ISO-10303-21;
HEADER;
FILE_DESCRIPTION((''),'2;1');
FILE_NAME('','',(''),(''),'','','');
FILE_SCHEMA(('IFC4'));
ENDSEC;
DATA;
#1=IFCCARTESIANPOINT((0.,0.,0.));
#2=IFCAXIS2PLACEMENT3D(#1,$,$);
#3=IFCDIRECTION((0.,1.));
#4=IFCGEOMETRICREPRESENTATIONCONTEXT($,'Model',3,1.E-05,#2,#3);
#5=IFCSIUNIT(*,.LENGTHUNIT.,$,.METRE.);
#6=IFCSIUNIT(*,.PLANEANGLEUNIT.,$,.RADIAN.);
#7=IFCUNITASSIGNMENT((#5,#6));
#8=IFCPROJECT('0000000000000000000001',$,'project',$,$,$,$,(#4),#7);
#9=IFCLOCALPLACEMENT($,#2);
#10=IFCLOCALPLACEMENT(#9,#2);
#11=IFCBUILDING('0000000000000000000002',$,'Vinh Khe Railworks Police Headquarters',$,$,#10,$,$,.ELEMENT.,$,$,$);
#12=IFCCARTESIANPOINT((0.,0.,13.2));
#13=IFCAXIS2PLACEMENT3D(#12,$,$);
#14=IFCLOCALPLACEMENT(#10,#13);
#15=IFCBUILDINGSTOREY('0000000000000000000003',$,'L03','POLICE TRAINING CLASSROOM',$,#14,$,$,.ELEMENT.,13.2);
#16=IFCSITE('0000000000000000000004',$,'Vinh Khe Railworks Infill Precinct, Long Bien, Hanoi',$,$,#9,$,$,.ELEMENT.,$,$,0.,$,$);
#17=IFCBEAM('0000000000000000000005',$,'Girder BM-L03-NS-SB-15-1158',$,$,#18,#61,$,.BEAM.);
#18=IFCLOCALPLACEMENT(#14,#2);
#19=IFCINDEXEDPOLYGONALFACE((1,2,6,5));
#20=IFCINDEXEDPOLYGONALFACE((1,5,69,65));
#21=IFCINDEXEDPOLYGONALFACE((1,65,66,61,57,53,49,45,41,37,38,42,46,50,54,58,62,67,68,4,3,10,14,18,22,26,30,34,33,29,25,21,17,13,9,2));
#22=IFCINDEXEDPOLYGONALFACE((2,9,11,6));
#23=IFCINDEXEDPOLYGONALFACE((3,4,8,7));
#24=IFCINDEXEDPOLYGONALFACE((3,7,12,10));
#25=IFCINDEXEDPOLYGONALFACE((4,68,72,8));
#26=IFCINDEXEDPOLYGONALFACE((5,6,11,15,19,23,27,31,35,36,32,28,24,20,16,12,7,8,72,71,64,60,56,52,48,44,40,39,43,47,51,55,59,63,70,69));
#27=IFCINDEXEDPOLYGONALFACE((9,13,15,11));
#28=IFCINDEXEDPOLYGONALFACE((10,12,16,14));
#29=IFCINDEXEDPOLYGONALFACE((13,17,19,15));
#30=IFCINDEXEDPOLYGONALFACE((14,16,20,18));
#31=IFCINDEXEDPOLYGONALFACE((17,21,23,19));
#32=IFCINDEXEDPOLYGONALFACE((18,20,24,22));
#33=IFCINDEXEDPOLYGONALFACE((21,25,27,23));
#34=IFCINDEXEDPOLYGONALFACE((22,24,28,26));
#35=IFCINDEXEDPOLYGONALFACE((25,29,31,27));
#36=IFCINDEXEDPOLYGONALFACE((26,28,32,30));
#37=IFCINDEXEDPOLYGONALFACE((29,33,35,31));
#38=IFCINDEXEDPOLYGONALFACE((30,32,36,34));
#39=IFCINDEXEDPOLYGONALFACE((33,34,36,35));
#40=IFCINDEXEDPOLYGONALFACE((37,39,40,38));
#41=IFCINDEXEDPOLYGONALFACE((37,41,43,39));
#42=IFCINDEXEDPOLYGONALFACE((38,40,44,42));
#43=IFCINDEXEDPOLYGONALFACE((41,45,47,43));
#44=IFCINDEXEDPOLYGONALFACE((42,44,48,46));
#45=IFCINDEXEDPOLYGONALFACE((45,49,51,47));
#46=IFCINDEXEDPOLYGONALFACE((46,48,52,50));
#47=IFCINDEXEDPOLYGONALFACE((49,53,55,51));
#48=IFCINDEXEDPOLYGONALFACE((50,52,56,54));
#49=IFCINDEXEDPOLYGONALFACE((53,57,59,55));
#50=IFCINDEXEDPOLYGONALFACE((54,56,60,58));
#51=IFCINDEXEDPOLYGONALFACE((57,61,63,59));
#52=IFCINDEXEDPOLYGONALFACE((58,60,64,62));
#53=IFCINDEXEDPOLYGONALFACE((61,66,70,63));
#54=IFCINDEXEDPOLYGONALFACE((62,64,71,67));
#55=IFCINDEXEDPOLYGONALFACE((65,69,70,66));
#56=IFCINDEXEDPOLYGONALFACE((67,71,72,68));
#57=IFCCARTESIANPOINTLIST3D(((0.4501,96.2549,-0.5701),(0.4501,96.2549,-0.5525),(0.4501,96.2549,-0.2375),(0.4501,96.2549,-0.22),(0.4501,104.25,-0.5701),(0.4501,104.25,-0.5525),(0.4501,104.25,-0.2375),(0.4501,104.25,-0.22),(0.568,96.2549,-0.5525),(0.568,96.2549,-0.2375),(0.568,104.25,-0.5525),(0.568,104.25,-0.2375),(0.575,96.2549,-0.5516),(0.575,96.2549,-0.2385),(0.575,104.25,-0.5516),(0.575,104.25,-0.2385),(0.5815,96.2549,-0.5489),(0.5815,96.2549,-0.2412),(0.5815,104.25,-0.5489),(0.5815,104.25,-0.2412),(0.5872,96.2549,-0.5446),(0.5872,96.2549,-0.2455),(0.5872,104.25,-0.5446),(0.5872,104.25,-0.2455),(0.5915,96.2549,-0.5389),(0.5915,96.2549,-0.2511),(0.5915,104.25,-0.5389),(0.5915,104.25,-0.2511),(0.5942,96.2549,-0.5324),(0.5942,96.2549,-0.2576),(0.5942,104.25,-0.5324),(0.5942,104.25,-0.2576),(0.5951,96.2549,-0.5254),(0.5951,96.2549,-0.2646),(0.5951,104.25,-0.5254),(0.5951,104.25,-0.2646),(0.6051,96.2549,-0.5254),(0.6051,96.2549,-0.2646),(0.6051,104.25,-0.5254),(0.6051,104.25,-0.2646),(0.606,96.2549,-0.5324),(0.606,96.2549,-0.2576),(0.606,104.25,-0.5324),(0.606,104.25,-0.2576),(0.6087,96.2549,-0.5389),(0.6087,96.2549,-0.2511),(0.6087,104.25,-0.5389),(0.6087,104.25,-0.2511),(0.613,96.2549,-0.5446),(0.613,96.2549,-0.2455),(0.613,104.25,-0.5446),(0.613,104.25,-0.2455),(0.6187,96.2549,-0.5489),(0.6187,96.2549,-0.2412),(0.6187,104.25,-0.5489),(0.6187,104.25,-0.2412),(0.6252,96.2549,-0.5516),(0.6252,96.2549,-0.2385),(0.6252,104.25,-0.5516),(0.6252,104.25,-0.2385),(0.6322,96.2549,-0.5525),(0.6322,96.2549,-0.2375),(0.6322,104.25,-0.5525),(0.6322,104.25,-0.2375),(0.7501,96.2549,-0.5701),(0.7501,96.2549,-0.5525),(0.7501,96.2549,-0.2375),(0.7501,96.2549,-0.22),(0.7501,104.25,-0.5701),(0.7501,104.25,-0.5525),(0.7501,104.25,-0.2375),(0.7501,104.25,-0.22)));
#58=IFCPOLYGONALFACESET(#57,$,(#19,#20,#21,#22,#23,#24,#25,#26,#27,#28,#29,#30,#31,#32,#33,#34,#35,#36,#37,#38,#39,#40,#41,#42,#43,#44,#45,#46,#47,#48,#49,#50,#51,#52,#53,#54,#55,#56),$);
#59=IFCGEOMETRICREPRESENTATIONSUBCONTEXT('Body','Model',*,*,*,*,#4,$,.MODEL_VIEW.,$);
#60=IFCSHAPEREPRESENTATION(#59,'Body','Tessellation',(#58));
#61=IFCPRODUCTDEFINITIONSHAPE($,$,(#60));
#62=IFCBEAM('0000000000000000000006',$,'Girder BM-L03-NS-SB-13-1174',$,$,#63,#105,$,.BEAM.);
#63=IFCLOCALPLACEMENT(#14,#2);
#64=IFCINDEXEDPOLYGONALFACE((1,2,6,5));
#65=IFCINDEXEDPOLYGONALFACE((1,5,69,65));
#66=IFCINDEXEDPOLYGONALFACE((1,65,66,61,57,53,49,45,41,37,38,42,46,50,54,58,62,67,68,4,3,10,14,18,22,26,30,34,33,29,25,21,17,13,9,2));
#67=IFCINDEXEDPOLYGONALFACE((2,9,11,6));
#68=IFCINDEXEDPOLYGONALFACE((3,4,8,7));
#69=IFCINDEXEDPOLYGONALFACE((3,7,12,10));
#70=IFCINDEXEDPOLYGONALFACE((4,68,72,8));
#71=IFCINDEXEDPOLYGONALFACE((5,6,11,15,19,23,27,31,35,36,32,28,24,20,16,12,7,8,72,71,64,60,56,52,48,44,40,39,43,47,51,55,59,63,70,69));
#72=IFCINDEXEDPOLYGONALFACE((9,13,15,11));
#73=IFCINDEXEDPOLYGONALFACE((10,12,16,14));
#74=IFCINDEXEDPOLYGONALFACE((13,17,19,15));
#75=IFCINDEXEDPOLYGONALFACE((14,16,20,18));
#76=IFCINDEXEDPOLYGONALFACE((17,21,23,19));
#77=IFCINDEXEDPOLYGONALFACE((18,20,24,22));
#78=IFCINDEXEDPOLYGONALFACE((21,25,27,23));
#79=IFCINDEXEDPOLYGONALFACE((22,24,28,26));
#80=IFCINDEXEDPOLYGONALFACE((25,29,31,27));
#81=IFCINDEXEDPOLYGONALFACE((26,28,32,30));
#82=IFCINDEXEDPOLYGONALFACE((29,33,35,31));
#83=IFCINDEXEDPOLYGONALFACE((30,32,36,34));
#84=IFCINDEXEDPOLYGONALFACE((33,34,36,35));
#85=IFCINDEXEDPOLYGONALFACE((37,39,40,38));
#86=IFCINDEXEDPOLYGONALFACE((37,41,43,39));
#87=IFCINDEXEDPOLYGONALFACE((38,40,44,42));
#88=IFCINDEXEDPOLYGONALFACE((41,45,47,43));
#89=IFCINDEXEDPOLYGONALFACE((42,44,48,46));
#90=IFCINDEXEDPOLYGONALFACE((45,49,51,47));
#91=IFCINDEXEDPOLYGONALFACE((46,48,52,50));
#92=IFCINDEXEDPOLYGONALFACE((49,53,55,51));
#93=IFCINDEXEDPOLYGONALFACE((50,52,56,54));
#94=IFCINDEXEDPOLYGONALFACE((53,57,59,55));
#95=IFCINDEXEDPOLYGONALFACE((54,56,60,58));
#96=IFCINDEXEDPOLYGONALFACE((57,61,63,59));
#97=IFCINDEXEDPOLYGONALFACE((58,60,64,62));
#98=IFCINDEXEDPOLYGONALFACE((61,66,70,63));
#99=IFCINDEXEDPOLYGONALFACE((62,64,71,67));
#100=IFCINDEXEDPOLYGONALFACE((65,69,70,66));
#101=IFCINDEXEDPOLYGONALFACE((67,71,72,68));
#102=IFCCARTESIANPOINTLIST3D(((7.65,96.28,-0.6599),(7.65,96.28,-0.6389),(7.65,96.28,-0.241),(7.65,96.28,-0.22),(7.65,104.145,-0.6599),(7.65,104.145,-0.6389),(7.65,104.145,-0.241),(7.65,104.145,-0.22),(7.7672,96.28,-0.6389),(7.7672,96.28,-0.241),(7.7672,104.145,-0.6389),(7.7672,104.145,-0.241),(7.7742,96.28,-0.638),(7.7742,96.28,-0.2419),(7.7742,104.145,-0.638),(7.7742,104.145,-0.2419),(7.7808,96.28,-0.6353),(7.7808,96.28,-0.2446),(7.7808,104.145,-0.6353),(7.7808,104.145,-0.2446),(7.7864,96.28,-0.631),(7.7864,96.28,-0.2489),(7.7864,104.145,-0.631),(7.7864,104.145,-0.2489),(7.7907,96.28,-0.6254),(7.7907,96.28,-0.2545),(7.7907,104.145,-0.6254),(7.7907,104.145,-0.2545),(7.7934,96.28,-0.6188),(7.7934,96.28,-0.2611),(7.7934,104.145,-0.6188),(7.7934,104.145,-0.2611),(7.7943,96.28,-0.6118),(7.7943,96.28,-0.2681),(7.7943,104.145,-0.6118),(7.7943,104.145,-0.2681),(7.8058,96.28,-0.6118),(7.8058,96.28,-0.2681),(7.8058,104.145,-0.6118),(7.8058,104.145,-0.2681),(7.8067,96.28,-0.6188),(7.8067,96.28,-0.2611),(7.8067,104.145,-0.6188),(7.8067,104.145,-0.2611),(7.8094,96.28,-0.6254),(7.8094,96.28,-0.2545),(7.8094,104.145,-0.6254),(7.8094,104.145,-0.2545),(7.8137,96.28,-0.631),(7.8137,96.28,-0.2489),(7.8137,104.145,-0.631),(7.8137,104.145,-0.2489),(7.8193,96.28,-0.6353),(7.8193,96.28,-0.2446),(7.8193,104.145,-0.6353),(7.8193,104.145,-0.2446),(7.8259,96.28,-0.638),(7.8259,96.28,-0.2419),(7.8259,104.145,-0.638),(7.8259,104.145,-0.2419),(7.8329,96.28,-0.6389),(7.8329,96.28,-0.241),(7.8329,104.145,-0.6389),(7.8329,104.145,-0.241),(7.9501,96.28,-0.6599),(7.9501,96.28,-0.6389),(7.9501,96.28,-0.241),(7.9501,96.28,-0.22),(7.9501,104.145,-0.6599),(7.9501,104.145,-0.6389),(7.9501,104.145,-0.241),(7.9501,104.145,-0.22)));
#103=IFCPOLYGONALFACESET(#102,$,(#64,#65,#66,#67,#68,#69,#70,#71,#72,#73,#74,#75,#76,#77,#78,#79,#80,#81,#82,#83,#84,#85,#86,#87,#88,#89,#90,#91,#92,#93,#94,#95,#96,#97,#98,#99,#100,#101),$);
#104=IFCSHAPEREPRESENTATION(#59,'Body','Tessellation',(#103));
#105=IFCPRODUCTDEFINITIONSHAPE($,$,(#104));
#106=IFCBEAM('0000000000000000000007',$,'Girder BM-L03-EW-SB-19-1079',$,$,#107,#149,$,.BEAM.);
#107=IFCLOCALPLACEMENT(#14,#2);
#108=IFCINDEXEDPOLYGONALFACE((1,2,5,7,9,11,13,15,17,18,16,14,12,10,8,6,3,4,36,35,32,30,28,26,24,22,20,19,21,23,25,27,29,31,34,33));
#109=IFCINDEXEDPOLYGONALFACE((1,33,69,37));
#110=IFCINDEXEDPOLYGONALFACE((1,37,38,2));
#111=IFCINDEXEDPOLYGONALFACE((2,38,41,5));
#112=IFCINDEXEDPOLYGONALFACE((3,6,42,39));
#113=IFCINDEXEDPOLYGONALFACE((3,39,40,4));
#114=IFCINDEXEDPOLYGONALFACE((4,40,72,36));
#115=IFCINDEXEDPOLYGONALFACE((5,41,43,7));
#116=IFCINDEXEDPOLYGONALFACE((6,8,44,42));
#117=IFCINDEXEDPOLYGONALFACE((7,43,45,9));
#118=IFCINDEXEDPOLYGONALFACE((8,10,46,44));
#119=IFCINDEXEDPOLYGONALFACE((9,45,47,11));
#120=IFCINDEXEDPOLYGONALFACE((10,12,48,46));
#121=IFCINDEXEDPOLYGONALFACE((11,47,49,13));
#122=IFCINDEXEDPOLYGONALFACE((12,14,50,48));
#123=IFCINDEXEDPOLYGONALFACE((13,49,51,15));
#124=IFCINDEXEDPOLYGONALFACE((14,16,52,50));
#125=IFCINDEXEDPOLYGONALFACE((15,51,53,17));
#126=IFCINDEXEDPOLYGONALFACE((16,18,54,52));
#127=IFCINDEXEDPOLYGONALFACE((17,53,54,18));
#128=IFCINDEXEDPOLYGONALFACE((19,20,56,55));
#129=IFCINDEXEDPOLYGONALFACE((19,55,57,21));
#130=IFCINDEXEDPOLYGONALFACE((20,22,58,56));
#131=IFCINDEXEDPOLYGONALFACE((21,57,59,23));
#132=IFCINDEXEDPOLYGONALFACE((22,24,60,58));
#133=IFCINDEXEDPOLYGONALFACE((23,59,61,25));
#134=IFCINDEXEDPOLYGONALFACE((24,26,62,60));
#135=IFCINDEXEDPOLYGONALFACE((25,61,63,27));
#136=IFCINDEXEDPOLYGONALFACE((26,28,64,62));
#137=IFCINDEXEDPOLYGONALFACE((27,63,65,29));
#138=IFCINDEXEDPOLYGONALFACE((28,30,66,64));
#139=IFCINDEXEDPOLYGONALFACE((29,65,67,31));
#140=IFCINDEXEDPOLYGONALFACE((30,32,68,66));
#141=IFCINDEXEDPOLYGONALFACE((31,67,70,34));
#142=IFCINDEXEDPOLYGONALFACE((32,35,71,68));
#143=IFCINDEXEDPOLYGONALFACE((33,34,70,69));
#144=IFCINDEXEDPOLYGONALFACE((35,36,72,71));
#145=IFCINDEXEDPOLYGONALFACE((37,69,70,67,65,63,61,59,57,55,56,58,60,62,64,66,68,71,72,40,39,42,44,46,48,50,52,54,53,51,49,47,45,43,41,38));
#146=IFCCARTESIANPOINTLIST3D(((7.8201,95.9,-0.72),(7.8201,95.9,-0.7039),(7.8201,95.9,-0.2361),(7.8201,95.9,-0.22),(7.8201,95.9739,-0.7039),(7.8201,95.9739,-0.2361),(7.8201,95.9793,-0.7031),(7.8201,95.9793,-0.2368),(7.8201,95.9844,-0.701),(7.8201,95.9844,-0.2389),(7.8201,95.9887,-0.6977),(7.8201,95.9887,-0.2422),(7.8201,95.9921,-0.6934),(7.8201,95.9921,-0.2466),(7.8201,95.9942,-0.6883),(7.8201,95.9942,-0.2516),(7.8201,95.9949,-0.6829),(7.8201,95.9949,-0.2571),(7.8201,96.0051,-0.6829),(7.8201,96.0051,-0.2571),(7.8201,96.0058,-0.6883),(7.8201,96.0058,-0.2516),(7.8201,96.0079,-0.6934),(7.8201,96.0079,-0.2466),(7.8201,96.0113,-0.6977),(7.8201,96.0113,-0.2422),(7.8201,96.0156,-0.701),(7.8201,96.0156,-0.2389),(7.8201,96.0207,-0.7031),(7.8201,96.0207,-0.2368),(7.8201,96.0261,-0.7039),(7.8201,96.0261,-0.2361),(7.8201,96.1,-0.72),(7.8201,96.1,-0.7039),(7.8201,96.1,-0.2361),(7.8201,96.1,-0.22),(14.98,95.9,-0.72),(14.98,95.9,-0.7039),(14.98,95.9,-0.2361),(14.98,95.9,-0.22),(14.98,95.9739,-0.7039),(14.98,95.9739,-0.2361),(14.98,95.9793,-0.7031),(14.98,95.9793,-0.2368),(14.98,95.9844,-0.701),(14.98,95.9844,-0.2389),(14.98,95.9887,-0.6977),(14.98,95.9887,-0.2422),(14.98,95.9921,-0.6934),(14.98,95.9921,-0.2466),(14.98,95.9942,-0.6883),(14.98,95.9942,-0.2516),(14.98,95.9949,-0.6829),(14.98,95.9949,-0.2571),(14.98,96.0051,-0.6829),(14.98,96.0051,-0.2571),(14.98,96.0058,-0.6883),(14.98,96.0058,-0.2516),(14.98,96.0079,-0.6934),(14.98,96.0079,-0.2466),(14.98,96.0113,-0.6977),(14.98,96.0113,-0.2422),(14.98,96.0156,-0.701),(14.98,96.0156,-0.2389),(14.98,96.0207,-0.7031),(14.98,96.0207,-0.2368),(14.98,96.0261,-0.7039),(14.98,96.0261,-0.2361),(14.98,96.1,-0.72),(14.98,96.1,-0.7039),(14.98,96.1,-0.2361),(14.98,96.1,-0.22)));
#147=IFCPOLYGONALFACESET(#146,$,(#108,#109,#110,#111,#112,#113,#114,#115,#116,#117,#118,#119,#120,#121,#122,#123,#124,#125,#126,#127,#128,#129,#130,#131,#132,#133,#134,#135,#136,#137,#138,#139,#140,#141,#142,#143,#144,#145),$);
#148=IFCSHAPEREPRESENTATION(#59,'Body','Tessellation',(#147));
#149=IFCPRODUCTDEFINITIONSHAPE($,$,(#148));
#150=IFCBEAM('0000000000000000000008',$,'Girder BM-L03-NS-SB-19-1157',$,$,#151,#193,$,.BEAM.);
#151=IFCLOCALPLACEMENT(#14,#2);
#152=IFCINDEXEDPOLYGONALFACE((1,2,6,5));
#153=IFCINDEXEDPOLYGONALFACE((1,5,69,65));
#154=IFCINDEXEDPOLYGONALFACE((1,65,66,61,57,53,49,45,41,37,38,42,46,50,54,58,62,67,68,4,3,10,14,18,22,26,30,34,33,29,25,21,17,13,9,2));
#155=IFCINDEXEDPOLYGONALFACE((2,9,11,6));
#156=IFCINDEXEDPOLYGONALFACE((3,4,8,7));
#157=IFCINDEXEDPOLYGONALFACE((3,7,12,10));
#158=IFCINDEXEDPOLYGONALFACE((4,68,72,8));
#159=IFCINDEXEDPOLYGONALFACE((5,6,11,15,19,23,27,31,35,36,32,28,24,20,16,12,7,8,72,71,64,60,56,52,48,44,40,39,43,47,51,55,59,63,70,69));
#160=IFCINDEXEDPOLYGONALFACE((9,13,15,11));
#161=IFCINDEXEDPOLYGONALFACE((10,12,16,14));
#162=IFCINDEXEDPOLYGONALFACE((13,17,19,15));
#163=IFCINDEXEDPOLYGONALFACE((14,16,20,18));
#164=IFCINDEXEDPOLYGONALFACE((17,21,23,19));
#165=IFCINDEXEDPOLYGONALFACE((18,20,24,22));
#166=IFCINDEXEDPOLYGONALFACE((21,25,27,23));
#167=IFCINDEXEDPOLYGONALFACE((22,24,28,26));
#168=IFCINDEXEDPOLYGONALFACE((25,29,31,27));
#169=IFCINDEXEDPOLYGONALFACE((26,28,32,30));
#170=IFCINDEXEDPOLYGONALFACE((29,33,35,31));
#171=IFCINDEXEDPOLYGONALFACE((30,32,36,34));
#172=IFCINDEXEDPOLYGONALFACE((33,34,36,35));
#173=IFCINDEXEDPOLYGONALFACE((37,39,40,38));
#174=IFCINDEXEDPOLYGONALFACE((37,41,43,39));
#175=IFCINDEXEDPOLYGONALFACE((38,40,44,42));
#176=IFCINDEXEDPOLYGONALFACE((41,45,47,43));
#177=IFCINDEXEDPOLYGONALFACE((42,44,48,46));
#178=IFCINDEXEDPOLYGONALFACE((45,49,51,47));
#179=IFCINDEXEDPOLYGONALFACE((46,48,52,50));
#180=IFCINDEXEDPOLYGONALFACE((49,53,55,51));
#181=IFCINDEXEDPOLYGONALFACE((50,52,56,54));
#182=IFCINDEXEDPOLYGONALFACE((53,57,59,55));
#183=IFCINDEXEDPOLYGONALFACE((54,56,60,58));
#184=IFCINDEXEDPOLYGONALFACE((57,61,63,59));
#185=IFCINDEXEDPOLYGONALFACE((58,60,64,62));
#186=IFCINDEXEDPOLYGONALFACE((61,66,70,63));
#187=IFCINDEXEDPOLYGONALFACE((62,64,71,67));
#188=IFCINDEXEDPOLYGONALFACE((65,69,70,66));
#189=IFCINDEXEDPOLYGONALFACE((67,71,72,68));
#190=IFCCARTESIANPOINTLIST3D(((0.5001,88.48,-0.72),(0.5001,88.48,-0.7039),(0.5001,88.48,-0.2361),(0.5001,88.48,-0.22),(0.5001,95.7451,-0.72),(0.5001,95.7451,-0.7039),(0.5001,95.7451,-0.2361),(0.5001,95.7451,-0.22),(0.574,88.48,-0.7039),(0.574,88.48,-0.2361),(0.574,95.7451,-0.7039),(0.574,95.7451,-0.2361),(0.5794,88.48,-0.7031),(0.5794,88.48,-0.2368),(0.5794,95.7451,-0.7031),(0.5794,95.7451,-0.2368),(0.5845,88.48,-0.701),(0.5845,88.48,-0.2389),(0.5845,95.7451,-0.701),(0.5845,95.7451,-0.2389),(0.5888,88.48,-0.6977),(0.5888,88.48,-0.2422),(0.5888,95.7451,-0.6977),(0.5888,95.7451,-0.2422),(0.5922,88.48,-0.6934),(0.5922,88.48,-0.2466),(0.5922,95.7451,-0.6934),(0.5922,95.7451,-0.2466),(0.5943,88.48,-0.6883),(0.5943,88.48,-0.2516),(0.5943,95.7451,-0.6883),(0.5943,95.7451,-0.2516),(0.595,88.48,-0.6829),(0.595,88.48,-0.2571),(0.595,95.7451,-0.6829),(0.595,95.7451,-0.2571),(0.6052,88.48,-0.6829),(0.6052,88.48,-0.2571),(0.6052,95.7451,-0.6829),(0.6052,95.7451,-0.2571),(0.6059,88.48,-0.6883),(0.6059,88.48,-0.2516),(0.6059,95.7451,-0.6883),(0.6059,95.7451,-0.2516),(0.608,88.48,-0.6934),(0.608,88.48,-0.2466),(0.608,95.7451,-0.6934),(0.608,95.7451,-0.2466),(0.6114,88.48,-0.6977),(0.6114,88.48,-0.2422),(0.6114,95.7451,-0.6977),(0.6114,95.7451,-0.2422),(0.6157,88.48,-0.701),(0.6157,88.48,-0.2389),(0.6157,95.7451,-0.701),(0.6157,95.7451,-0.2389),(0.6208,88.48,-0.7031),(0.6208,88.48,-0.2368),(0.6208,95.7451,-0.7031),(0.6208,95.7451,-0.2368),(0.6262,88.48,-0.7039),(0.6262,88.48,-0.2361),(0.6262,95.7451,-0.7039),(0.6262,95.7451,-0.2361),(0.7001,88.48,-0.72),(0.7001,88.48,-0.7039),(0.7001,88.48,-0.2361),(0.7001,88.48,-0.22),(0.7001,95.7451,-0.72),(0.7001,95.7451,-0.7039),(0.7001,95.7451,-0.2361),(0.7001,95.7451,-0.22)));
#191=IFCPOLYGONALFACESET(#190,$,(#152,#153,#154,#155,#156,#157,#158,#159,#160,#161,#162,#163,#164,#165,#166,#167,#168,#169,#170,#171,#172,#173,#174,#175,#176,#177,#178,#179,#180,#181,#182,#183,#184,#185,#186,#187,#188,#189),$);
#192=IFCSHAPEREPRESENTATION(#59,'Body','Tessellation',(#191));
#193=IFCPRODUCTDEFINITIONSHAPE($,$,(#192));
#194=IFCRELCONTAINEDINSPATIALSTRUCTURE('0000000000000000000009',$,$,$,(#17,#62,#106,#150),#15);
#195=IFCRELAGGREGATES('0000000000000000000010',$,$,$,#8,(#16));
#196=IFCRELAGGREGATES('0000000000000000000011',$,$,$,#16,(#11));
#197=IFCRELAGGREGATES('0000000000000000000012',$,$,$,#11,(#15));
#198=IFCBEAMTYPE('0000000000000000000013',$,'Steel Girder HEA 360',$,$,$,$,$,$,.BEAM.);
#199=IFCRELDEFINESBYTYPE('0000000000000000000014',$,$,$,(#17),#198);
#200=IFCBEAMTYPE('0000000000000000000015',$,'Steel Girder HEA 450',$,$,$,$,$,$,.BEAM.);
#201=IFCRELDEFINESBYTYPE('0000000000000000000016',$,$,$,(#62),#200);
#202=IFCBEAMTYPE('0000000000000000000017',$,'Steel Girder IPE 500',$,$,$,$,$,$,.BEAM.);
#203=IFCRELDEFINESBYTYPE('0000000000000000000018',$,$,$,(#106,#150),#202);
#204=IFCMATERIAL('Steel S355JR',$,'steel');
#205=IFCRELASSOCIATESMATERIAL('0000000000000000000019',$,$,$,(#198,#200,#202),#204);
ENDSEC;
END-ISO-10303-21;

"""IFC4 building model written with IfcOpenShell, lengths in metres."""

from ifc_helpers import new_model, si_unit, direction, frame, origin, origin_2d, place, context, subcontext, project, spatial, i_section, extrude, material, material_profile, profile_set, type_object, element, save


model = new_model("IFC4")

# Units and contexts
model_context = context("Model", 3, precision=1e-05, world=origin(), true_north=direction((0.0, 1.0)))
body_context = subcontext(model_context, "Body", "Model", "MODEL_VIEW")
ifc_project = project(units=[si_unit("LENGTHUNIT", "METRE"), si_unit("PLANEANGLEUNIT", "RADIAN")], contexts=[model_context])

# Site, building, storey
site_placement = place(None, origin())
site = spatial("IfcSite", under=ifc_project, at=site_placement, Name="Vinh Khe Railworks Infill Precinct, Long Bien, Hanoi", CompositionType="ELEMENT", RefElevation=0.0)
building_placement = place(site_placement, origin())
building = spatial("IfcBuilding", under=site, at=building_placement, Name="Vinh Khe Railworks Police Headquarters", CompositionType="ELEMENT")
storey_placement = place(building_placement, frame((0.0, 0.0, 13.2)))
storey = spatial("IfcBuildingStorey", under=building, at=storey_placement, Name="L03", Description="POLICE TRAINING CLASSROOM", CompositionType="ELEMENT", Elevation=13.2)

# Shared definitions
ifc_material_1 = material(Name="Steel S355JR", Category="steel")

# Beams
ifc_material_profile_1 = material_profile(ifc_material_1, i_section(OverallWidth=0.3, OverallDepth=0.3501, WebThickness=0.01, FlangeThickness=0.0176, FilletRadius=0.0271, at=origin_2d()), Name="HEA 360")
ifc_profile_set_1 = profile_set([ifc_material_profile_1], Name="Steel S355JR")
beam_type_1 = type_object("IfcBeamType", Name="Steel Girder HEA 360", PredefinedType="BEAM", material=ifc_profile_set_1)
beam_1_placement = place(storey_placement, frame((0.6001, 96.2549, -0.395), z_axis=(0.0, 1.0, 0.0), x_axis=(-1.0, 0.0, 0.0)))
element("IfcBeam", 1, at=beam_1_placement, inside=storey, type_object=beam_type_1, Name="Girder BM-L03-NS-SB-15-1158", PredefinedType="BEAM", context=body_context, shape_type="SweptSolid", body=[
    extrude(i_section(OverallWidth=0.3, OverallDepth=0.3501, WebThickness=0.01, FlangeThickness=0.0176, FilletRadius=0.0271, at=origin_2d()), origin(), (0.0, 0.0, 1.0), 7.9951),
])
ifc_material_profile_2 = material_profile(ifc_material_1, i_section(OverallWidth=0.3, OverallDepth=0.4399, WebThickness=0.0115, FlangeThickness=0.021, FilletRadius=0.0271, at=origin_2d()), Name="HEA 450")
ifc_profile_set_2 = profile_set([ifc_material_profile_2], Name="Steel S355JR")
beam_type_2 = type_object("IfcBeamType", Name="Steel Girder HEA 450", PredefinedType="BEAM", material=ifc_profile_set_2)
beam_2_placement = place(storey_placement, frame((7.8, 96.28, -0.4399), z_axis=(0.0, 1.0, 0.0), x_axis=(-1.0, 0.0, 0.0)))
element("IfcBeam", 2, at=beam_2_placement, inside=storey, type_object=beam_type_2, Name="Girder BM-L03-NS-SB-13-1174", PredefinedType="BEAM", context=body_context, shape_type="SweptSolid", body=[
    extrude(i_section(OverallWidth=0.3, OverallDepth=0.4399, WebThickness=0.0115, FlangeThickness=0.021, FilletRadius=0.0271, at=origin_2d()), origin(), (0.0, 0.0, 1.0), 7.865),
])
ifc_material_profile_3 = material_profile(ifc_material_1, i_section(OverallWidth=0.2, OverallDepth=0.5, WebThickness=0.0103, FlangeThickness=0.0161, FilletRadius=0.021, at=origin_2d()), Name="IPE 500")
ifc_profile_set_3 = profile_set([ifc_material_profile_3], Name="Steel S355JR")
beam_type_3 = type_object("IfcBeamType", Name="Steel Girder IPE 500", PredefinedType="BEAM", material=ifc_profile_set_3)
beam_3_placement = place(storey_placement, frame((7.8201, 96.0, -0.47), z_axis=(1.0, 0.0, 0.0), x_axis=(0.0, 1.0, 0.0)))
element("IfcBeam", 3, at=beam_3_placement, inside=storey, type_object=beam_type_3, Name="Girder BM-L03-EW-SB-19-1079", PredefinedType="BEAM", context=body_context, shape_type="SweptSolid", body=[
    extrude(i_section(OverallWidth=0.2, OverallDepth=0.5, WebThickness=0.0103, FlangeThickness=0.0161, FilletRadius=0.021, at=origin_2d()), origin(), (0.0, 0.0, 1.0), 7.1599),
])
beam_4_placement = place(storey_placement, frame((0.6001, 88.48, -0.47), z_axis=(0.0, 1.0, 0.0), x_axis=(-1.0, 0.0, 0.0)))
element("IfcBeam", 4, at=beam_4_placement, inside=storey, type_object=beam_type_3, Name="Girder BM-L03-NS-SB-19-1157", PredefinedType="BEAM", context=body_context, shape_type="SweptSolid", body=[
    extrude(i_section(OverallWidth=0.2, OverallDepth=0.5, WebThickness=0.0103, FlangeThickness=0.0161, FilletRadius=0.021, at=origin_2d()), origin(), (0.0, 0.0, 1.0), 7.2651),
])

save(model, "model.ifc")
